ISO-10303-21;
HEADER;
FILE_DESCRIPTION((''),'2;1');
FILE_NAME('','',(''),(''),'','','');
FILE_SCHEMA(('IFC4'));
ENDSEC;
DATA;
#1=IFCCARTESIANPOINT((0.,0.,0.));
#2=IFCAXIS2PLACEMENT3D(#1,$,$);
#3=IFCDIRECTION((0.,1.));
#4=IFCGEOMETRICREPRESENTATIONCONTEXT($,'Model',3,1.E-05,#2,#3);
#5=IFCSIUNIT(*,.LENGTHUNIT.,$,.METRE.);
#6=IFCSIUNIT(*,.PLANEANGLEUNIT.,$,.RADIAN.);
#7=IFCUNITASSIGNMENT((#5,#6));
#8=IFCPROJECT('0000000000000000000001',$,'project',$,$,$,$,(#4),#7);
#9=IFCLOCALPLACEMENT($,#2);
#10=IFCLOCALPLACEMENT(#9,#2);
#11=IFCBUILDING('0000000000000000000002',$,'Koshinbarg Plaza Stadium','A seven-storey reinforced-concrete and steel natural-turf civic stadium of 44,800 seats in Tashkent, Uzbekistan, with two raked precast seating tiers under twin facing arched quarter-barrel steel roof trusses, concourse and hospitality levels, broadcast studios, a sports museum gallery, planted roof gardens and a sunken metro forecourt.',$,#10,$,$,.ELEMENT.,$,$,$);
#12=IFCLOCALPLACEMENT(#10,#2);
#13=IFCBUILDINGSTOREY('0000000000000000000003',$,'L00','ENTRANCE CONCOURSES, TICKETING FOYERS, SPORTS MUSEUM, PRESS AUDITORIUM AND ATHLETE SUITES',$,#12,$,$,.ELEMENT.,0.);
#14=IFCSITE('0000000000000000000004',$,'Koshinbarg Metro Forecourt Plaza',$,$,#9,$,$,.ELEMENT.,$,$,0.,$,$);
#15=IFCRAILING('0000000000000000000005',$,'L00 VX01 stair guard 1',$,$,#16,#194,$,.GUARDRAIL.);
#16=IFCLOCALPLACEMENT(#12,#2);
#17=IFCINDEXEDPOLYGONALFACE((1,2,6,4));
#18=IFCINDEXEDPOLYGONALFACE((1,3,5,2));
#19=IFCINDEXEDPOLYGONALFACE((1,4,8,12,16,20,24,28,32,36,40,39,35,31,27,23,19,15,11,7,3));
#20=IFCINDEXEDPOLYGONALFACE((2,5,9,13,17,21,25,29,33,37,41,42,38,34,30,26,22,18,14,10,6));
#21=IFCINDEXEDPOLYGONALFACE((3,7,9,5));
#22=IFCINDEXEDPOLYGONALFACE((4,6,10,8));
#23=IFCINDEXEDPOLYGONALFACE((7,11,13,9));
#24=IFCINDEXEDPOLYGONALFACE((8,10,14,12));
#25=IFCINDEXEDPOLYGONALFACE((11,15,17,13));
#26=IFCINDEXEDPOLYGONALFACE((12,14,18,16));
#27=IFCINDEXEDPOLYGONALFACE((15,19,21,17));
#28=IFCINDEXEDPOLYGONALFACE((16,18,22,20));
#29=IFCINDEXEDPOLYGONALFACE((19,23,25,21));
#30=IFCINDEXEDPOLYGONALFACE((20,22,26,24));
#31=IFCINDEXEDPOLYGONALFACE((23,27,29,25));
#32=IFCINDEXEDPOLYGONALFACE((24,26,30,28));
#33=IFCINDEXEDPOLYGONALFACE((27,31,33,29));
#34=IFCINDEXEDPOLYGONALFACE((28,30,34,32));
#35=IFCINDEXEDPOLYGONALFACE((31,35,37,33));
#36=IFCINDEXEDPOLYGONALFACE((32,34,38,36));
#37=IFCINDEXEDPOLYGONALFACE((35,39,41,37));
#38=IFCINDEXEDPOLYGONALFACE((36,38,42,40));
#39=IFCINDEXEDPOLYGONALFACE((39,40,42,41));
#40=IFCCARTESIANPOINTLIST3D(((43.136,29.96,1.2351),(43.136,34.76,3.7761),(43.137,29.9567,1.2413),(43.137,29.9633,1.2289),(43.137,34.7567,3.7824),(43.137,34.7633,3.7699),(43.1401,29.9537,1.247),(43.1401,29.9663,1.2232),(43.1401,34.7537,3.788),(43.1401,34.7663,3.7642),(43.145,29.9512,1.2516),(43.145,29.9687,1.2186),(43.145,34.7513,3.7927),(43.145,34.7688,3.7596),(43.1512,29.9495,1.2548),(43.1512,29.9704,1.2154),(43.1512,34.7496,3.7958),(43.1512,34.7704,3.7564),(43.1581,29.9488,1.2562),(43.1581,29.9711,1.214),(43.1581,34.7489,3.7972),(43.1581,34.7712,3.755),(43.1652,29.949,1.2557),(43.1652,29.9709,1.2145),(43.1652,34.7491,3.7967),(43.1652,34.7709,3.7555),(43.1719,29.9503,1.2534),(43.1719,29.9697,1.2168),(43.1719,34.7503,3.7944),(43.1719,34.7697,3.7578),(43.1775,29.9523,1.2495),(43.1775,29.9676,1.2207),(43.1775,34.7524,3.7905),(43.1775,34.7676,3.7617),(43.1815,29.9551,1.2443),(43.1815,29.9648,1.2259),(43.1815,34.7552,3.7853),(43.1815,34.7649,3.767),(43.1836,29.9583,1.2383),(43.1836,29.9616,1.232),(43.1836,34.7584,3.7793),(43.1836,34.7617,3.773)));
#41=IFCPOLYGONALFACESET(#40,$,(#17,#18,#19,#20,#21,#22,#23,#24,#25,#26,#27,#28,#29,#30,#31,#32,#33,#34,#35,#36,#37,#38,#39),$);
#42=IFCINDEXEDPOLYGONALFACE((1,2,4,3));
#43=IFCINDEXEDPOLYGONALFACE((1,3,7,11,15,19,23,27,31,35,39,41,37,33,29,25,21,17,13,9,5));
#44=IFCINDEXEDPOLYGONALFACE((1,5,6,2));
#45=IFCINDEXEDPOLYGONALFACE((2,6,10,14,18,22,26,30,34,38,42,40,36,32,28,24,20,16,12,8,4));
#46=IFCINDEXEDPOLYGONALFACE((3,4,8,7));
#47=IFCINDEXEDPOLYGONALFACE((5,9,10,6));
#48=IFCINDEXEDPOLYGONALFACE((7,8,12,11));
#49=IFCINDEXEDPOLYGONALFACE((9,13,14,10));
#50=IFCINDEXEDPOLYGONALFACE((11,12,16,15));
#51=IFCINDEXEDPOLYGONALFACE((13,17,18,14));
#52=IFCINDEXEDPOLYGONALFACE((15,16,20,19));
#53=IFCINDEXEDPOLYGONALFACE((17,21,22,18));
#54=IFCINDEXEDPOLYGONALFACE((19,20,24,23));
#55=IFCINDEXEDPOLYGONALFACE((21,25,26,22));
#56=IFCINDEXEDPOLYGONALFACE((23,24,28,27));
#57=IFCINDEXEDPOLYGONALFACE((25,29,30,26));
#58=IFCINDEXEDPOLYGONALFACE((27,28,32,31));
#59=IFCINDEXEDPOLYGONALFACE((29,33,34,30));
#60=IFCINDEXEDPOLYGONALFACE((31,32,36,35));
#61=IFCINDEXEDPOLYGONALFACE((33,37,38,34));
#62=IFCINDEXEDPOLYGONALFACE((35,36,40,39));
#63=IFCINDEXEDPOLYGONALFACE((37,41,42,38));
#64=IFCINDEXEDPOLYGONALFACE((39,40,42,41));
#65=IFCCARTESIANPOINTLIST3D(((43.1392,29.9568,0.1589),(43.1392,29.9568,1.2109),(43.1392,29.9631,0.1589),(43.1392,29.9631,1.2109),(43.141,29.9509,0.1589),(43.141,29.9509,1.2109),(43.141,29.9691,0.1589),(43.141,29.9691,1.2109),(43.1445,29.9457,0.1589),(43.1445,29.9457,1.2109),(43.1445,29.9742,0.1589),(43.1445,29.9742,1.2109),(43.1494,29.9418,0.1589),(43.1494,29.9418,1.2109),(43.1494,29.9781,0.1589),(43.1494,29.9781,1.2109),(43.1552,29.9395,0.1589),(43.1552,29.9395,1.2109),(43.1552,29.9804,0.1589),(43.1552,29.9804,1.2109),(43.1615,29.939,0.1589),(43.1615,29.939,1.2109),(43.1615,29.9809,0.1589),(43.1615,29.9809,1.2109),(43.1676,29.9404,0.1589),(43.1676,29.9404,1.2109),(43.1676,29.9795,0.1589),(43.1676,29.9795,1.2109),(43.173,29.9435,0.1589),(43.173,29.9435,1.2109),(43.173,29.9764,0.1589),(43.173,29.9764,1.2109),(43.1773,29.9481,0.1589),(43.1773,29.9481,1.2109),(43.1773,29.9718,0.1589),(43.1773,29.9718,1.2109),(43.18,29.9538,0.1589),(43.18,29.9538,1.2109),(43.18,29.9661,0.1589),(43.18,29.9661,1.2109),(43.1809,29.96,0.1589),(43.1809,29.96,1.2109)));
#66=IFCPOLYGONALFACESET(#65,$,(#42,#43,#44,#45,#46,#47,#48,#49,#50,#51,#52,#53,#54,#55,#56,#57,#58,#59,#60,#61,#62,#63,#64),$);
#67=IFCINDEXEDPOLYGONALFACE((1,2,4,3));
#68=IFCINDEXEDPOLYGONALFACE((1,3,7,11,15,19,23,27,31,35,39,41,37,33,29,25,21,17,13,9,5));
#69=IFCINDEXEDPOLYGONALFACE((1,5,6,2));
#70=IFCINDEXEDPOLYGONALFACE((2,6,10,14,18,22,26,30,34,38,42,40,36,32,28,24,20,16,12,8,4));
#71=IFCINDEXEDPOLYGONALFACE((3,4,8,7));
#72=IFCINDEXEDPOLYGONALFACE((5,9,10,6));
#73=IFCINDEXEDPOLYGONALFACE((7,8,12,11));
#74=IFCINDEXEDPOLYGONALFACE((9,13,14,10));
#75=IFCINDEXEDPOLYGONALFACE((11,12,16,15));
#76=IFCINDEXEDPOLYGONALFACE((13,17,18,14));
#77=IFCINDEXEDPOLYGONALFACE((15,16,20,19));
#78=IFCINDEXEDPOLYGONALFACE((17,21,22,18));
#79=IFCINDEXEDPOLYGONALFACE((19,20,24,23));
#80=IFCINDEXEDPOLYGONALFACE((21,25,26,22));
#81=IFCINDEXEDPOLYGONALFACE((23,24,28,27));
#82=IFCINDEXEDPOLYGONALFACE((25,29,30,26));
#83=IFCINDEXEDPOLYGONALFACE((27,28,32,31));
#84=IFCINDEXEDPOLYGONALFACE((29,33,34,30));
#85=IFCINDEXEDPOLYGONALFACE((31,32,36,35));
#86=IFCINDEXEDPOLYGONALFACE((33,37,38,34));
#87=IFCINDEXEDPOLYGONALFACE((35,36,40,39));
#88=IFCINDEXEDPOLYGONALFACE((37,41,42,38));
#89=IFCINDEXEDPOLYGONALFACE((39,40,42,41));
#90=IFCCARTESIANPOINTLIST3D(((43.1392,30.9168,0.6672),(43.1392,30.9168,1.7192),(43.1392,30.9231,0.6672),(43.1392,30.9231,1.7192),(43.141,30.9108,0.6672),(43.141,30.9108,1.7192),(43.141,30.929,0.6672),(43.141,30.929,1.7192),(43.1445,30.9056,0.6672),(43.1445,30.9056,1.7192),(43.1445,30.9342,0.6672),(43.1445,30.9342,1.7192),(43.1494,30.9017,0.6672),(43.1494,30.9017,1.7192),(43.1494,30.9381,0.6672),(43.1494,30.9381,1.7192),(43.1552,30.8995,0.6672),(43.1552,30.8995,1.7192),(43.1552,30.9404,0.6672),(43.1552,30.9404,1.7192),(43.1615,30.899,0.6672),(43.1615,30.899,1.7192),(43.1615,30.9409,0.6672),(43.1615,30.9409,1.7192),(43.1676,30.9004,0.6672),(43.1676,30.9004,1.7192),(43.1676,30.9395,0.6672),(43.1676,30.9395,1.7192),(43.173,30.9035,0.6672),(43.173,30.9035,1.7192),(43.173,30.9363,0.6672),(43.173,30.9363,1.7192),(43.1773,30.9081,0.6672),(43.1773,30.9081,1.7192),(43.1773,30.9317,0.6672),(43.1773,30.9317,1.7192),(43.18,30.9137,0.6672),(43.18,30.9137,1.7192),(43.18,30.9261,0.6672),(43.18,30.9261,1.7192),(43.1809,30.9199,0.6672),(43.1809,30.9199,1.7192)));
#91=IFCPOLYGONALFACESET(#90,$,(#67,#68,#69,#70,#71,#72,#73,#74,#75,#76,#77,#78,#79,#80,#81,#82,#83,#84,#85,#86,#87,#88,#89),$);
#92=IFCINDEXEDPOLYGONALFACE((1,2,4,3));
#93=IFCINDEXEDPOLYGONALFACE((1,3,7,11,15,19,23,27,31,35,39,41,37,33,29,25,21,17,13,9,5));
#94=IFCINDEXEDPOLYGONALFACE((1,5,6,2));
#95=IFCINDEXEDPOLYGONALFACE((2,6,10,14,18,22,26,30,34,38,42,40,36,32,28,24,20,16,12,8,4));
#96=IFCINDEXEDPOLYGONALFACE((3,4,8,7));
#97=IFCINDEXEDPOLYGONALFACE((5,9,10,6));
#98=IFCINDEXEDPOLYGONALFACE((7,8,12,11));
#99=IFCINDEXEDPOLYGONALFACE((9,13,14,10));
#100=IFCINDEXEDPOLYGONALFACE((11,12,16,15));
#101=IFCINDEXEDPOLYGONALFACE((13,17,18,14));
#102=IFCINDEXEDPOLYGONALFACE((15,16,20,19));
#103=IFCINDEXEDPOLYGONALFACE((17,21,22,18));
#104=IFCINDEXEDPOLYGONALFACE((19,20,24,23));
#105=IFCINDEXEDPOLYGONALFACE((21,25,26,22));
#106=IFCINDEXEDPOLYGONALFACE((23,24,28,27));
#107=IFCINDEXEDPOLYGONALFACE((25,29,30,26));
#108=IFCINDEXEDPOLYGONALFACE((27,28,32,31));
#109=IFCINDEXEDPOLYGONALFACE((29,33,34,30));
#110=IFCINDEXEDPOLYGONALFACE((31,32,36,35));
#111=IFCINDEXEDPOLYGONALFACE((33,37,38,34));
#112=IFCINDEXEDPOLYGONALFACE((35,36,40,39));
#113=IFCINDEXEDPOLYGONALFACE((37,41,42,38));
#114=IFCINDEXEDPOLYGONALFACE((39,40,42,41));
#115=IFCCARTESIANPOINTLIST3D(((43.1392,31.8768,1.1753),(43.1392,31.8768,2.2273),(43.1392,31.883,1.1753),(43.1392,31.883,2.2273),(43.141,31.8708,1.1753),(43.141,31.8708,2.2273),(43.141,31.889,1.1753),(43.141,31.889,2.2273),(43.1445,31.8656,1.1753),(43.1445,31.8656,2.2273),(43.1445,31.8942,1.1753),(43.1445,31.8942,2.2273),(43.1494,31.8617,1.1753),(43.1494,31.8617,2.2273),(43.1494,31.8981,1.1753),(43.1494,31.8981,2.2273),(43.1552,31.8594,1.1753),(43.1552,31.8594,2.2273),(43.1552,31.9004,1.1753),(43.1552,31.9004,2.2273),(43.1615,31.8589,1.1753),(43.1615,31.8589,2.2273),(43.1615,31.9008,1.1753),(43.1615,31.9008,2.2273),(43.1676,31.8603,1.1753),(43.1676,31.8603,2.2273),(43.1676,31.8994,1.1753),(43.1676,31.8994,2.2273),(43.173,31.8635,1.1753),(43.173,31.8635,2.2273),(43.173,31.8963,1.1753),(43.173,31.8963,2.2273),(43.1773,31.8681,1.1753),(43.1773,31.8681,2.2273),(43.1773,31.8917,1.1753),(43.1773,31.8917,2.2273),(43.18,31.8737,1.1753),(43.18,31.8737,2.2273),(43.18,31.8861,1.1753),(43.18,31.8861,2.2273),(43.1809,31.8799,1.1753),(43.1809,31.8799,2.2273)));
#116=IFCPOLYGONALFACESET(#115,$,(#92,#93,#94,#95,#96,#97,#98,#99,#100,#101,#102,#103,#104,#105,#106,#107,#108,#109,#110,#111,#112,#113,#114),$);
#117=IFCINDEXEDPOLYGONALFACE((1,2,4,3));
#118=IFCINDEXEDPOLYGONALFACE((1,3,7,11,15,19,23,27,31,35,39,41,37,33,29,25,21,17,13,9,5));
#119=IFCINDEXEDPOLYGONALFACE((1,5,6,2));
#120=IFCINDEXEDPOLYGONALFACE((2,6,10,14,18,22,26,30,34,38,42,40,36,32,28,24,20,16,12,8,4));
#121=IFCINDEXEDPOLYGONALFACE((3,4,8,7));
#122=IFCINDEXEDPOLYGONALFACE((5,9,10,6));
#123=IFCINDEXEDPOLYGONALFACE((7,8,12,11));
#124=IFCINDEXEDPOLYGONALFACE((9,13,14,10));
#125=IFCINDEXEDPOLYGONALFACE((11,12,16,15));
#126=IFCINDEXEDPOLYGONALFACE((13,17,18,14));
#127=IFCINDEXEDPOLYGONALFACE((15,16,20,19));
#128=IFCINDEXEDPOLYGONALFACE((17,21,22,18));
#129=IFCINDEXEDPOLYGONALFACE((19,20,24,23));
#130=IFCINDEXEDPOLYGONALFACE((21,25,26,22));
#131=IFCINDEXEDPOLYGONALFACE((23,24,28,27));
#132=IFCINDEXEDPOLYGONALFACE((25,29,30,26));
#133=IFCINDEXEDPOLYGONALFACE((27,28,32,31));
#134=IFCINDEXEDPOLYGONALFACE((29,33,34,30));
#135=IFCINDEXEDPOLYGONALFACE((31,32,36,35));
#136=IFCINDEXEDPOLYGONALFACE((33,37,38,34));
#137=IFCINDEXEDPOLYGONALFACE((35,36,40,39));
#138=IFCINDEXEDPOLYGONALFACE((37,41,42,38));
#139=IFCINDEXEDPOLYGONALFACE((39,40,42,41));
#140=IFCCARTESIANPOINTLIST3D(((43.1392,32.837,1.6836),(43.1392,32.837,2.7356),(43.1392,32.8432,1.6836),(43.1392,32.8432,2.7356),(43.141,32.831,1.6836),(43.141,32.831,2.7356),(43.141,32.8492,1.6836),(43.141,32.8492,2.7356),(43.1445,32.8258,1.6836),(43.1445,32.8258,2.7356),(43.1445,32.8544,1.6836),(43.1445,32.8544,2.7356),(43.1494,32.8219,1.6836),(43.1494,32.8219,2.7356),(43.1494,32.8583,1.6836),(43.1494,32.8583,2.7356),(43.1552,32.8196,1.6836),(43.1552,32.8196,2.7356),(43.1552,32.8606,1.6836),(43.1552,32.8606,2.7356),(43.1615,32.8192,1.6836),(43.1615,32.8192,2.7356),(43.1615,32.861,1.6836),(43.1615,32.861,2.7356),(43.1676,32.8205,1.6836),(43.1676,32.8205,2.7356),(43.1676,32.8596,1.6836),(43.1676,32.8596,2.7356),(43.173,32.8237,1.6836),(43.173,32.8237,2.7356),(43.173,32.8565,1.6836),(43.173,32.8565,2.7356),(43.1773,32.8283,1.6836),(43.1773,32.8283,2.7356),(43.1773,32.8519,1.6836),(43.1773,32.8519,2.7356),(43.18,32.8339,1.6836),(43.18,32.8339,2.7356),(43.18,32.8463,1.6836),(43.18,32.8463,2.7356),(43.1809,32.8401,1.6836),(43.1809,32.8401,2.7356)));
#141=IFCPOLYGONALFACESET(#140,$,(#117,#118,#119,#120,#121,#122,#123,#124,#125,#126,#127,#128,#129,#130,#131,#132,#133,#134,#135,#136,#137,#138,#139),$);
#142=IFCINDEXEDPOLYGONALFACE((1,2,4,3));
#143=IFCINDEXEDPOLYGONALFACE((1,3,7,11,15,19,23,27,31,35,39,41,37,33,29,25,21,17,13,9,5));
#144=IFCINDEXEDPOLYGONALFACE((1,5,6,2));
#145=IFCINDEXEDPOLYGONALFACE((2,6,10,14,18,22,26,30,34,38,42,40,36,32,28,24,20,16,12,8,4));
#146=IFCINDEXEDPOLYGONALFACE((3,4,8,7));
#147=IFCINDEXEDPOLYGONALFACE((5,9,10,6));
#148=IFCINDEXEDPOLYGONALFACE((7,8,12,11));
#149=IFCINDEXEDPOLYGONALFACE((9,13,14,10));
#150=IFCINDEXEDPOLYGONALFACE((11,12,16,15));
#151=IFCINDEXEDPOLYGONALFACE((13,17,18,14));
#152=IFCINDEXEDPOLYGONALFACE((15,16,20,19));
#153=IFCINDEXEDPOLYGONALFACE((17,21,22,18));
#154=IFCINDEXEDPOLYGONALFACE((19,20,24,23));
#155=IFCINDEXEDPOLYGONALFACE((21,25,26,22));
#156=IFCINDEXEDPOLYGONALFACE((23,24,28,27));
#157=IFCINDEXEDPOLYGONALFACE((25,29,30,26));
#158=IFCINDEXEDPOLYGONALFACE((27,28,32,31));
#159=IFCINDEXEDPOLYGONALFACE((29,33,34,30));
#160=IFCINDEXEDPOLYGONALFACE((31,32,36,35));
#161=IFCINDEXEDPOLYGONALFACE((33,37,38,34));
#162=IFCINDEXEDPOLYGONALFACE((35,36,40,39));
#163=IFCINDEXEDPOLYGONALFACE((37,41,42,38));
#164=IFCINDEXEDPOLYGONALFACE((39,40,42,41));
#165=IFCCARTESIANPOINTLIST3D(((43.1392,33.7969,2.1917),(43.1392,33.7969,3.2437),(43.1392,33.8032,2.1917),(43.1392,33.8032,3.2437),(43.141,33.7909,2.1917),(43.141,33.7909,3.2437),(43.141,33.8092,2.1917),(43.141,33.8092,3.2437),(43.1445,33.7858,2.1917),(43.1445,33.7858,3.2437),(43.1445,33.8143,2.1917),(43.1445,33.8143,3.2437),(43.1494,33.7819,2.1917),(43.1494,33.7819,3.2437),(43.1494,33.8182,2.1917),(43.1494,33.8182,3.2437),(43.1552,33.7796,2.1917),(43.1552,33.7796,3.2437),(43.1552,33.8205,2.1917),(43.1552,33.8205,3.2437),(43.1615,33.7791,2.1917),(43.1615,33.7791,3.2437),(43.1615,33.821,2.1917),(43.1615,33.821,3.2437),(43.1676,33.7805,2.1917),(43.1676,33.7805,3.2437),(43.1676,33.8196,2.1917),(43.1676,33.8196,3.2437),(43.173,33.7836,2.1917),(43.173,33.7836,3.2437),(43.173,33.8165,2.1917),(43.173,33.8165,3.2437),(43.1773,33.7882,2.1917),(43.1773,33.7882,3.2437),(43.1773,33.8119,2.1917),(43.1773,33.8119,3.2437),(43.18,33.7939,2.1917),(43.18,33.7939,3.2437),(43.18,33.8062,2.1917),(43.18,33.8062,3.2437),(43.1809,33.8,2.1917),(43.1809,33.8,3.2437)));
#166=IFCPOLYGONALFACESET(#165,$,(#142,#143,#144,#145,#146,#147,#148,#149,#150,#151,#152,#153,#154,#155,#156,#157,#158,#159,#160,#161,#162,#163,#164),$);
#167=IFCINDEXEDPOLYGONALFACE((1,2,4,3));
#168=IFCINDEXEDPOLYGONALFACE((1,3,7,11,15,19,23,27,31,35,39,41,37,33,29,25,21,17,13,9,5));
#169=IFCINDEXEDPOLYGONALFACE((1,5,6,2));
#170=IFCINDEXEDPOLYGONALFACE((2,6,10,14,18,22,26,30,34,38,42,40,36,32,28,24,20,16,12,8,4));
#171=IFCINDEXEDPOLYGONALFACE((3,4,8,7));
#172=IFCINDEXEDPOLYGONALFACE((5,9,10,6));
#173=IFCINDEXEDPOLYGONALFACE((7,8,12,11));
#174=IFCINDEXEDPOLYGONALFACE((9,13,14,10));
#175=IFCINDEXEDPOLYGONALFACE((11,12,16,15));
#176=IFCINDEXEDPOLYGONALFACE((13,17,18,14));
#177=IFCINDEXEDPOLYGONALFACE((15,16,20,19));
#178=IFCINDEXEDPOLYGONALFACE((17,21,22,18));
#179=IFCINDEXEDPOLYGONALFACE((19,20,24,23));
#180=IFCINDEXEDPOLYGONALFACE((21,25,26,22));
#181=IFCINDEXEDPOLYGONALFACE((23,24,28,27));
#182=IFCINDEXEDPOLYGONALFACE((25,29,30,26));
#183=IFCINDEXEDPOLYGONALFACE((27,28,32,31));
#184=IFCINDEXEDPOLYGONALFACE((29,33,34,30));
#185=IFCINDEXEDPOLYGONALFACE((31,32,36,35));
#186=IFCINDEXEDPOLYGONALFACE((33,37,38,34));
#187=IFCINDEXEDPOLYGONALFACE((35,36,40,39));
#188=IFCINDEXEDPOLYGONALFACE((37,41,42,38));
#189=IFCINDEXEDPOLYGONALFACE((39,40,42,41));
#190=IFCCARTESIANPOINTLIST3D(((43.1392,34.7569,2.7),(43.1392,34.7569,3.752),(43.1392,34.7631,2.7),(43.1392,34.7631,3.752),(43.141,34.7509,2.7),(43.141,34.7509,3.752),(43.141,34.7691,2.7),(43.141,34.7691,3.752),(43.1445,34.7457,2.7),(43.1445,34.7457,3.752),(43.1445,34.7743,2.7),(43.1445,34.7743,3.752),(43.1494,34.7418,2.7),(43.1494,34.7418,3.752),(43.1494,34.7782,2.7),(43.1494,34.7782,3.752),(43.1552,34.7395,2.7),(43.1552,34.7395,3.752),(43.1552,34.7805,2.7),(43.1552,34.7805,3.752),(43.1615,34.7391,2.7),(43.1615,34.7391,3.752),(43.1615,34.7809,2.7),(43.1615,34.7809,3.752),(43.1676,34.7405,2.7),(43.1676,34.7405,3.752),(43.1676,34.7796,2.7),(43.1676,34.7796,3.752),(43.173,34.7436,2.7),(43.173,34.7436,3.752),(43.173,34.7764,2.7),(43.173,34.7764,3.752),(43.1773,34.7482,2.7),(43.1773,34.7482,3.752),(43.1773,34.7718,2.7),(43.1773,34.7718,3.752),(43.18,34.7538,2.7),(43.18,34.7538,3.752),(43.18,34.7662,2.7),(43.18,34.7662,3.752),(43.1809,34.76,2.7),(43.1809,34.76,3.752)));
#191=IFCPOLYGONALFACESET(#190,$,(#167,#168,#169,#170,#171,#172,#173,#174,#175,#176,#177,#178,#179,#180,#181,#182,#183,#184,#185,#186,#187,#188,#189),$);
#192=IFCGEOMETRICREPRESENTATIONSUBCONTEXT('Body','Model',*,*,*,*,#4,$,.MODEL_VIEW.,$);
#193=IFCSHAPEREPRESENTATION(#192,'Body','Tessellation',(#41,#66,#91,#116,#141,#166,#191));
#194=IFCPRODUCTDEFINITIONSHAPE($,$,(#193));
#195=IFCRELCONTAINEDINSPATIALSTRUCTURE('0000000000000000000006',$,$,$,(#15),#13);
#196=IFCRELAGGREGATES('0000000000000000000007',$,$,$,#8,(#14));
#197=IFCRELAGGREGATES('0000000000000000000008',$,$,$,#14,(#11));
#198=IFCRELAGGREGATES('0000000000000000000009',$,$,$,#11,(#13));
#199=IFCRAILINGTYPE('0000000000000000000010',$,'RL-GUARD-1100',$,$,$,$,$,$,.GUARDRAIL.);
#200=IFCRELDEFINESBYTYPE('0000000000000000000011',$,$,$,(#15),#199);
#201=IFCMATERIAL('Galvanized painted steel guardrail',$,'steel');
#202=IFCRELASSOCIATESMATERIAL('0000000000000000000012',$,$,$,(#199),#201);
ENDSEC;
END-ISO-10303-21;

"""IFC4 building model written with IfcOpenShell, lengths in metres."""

from ifc_helpers import new_model, si_unit, direction, frame, origin, origin_2d, place, context, subcontext, project, spatial, circle, extrude, material, type_object, element, save


model = new_model("IFC4")

# Units and contexts
model_context = context("Model", 3, precision=1e-05, world=origin(), true_north=direction((0.0, 1.0)))
body_context = subcontext(model_context, "Body", "Model", "MODEL_VIEW")
ifc_project = project(units=[si_unit("LENGTHUNIT", "METRE"), si_unit("PLANEANGLEUNIT", "RADIAN")], contexts=[model_context])

# Site, building, storey
site_placement = place(None, origin())
site = spatial("IfcSite", under=ifc_project, at=site_placement, Name="Koshinbarg Metro Forecourt Plaza", CompositionType="ELEMENT", RefElevation=0.0)
building_placement = place(site_placement, origin())
building = spatial("IfcBuilding", under=site, at=building_placement, Name="Koshinbarg Plaza Stadium", Description="A seven-storey reinforced-concrete and steel natural-turf civic stadium of 44,800 seats in Tashkent, Uzbekistan, with two raked precast seating tiers under twin facing arched quarter-barrel steel roof trusses, concourse and hospitality levels, broadcast studios, a sports museum gallery, planted roof gardens and a sunken metro forecourt.", CompositionType="ELEMENT")
storey_placement = place(building_placement, origin())
storey = spatial("IfcBuildingStorey", under=building, at=storey_placement, Name="L00", Description="ENTRANCE CONCOURSES, TICKETING FOYERS, SPORTS MUSEUM, PRESS AUDITORIUM AND ATHLETE SUITES", CompositionType="ELEMENT", Elevation=0.0)

# Railing
ifc_material_1 = material(Name="Galvanized painted steel guardrail", Category="steel")
railing_type_1 = type_object("IfcRailingType", Name="RL-GUARD-1100", PredefinedType="GUARDRAIL", material=ifc_material_1)
railing_1_placement = place(storey_placement, frame((43.1599, 29.96, 0.1589)))
element("IfcRailing", 1, at=railing_1_placement, inside=storey, type_object=railing_type_1, Name="L00 VX01 stair guard 1", PredefinedType="GUARDRAIL", context=body_context, shape_type="SweptSolid", body=[
    extrude(circle(Radius=0.0239, at=origin_2d()), frame((0.0, 0.0, 1.0762), z_axis=(0.0, 0.883802, 0.467861), x_axis=(-1.0, 0.0, 0.0)), (0.0, 0.0, 1.0), 5.4312),
    extrude(circle(Radius=0.021, at=origin_2d()), origin(), (0.0, 0.0, 1.0), 1.052),
    extrude(circle(Radius=0.021, at=origin_2d()), frame((0.0, 0.96, 0.5083)), (0.0, 0.0, 1.0), 1.052),
    extrude(circle(Radius=0.021, at=origin_2d()), frame((0.0, 1.9199, 1.0164)), (0.0, 0.0, 1.0), 1.052),
    extrude(circle(Radius=0.021, at=origin_2d()), frame((0.0, 2.8801, 1.5247)), (0.0, 0.0, 1.0), 1.052),
    extrude(circle(Radius=0.021, at=origin_2d()), frame((0.0, 3.8401, 2.0327)), (0.0, 0.0, 1.0), 1.052),
    extrude(circle(Radius=0.021, at=origin_2d()), frame((0.0, 4.8, 2.541)), (0.0, 0.0, 1.0), 1.052),
])

save(model, "model.ifc")
